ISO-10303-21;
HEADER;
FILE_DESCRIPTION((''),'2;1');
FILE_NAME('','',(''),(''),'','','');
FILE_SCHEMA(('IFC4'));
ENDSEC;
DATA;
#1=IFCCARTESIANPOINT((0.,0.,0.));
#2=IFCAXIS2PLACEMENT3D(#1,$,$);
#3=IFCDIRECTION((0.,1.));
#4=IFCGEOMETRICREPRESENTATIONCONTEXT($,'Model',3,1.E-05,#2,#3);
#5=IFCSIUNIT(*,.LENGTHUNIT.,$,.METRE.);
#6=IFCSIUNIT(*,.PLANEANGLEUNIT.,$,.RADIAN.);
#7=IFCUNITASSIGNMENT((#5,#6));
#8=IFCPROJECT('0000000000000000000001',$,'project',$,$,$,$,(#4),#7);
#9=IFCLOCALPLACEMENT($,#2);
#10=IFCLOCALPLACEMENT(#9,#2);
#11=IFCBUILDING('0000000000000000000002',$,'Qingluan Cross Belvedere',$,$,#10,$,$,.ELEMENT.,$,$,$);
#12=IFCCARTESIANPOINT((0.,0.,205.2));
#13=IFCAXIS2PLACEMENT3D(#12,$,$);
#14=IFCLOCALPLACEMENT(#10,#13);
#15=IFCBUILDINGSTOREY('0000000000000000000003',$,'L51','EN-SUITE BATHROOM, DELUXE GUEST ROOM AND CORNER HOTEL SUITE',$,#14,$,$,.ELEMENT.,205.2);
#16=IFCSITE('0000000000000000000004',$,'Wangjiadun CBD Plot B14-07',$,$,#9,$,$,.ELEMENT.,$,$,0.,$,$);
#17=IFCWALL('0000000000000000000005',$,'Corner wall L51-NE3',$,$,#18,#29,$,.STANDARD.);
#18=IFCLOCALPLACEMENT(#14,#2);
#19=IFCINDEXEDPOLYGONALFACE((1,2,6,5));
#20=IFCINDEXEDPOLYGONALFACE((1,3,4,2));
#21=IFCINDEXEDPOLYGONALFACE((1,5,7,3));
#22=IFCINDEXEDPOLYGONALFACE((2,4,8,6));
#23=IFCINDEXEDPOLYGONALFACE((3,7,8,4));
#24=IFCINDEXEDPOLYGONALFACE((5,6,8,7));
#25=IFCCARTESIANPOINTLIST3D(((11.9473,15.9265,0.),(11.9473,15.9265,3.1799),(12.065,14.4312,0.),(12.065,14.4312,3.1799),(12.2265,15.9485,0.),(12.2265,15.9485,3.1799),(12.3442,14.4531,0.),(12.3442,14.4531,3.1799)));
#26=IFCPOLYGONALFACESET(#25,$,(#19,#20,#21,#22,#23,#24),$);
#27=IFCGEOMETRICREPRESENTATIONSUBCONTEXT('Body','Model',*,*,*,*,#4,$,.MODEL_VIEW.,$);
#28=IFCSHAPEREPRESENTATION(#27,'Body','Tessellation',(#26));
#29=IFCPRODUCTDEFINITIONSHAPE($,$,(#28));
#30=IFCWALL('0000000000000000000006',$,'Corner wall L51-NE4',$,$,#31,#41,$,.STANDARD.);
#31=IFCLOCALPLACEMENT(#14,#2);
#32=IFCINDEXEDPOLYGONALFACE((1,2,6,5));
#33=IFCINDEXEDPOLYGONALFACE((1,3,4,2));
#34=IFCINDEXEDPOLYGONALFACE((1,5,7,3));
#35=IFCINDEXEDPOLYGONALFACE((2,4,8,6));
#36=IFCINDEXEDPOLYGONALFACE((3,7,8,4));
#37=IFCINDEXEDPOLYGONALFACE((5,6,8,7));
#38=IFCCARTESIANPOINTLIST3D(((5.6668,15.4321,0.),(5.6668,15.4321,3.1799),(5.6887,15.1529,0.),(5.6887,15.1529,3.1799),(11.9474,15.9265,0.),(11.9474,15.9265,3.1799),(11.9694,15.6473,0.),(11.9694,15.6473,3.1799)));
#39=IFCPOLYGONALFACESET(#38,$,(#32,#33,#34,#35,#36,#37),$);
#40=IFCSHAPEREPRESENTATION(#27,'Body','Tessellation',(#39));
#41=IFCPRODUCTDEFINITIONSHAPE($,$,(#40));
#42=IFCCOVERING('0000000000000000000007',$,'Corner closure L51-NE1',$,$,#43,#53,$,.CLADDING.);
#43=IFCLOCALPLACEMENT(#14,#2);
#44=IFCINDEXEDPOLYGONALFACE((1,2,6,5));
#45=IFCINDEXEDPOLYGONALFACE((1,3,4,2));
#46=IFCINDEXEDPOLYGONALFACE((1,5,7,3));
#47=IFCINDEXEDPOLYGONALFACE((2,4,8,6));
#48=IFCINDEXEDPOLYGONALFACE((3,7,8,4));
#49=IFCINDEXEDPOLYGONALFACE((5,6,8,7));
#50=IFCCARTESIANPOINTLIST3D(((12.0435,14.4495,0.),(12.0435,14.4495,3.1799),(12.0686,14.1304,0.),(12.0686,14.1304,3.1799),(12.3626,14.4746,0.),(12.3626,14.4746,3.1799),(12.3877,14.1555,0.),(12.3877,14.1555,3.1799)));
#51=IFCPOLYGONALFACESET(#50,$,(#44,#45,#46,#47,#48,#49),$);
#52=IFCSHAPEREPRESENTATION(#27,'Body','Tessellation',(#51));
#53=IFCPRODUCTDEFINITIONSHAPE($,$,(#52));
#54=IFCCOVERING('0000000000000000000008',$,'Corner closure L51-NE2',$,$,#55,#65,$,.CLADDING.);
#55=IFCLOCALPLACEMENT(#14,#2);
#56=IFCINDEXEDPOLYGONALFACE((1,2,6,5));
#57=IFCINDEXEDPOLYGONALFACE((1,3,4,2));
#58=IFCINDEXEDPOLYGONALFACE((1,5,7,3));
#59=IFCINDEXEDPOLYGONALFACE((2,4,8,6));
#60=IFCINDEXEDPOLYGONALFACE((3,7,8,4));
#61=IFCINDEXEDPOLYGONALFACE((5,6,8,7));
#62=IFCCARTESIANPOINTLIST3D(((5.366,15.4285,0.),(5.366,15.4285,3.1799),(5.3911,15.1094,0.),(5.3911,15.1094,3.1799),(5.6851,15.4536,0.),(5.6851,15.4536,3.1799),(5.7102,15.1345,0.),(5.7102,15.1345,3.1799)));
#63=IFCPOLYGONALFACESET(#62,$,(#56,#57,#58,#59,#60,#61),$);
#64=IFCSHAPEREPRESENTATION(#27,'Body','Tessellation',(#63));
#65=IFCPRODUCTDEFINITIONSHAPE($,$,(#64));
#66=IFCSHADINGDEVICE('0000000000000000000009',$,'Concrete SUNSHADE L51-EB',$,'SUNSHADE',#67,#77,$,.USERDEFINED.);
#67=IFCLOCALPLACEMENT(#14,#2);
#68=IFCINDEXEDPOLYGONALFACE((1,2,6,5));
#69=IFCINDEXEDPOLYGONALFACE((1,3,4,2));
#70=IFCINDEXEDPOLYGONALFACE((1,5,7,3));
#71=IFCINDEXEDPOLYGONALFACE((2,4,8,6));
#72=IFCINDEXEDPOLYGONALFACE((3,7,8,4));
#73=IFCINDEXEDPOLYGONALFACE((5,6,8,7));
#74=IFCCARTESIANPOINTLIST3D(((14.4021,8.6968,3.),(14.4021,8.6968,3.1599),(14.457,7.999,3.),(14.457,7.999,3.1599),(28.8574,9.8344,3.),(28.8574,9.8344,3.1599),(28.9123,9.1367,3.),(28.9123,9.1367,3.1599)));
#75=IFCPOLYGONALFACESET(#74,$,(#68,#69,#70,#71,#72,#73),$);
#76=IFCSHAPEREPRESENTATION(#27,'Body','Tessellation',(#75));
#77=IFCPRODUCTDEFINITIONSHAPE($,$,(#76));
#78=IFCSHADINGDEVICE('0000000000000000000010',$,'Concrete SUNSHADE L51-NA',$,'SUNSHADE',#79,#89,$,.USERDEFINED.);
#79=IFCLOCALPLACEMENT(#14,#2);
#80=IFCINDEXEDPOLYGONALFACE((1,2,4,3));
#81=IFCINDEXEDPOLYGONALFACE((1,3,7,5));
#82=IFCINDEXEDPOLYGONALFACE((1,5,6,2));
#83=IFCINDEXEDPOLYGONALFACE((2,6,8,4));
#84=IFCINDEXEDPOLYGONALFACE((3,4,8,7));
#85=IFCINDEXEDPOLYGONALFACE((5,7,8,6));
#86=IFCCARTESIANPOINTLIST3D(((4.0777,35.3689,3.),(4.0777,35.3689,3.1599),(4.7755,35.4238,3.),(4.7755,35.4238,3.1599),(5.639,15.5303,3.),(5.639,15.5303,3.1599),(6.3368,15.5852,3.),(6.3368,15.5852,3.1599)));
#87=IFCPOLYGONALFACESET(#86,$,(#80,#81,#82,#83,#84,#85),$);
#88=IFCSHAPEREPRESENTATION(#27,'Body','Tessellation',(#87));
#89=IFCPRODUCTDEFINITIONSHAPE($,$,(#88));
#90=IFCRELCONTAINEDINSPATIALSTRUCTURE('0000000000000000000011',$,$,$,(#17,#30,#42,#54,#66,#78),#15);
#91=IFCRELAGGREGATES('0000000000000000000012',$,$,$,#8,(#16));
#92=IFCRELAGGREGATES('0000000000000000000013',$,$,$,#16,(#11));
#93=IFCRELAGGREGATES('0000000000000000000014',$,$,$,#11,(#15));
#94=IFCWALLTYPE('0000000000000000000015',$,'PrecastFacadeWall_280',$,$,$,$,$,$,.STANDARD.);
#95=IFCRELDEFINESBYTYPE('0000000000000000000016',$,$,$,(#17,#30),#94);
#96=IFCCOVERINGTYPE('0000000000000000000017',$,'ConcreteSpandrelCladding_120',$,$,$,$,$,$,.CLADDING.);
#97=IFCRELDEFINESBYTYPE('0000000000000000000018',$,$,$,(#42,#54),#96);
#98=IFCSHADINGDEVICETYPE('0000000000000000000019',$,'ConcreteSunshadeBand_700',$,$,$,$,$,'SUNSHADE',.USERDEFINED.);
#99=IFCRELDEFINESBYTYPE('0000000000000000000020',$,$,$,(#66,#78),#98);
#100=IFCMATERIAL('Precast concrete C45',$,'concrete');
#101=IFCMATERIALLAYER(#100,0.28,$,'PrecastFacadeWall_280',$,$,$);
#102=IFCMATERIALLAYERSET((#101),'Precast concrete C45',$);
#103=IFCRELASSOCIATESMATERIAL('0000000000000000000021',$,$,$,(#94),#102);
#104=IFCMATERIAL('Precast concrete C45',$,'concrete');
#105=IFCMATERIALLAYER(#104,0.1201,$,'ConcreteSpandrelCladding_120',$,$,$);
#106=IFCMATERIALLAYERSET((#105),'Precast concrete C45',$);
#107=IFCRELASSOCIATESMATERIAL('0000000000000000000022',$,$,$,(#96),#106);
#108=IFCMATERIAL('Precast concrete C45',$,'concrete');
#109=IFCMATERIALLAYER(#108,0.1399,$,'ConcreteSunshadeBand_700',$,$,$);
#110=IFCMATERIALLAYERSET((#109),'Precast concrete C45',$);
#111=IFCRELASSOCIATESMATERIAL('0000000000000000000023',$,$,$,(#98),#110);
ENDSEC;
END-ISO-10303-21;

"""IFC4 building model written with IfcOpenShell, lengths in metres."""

from ifc_helpers import new_model, si_unit, direction, frame, frame_2d, origin, origin_2d, place, context, subcontext, project, spatial, rectangle, extrude, material, layer, layer_set, type_object, element, save


model = new_model("IFC4")

# Units and contexts
model_context = context("Model", 3, precision=1e-05, world=origin(), true_north=direction((0.0, 1.0)))
body_context = subcontext(model_context, "Body", "Model", "MODEL_VIEW")
ifc_project = project(units=[si_unit("LENGTHUNIT", "METRE"), si_unit("PLANEANGLEUNIT", "RADIAN")], contexts=[model_context])

# Site, building, storey
site_placement = place(None, origin())
site = spatial("IfcSite", under=ifc_project, at=site_placement, Name="Wangjiadun CBD Plot B14-07", CompositionType="ELEMENT", RefElevation=0.0)
building_placement = place(site_placement, origin())
building = spatial("IfcBuilding", under=site, at=building_placement, Name="Qingluan Cross Belvedere", CompositionType="ELEMENT")
storey_placement = place(building_placement, frame((0.0, 0.0, 205.2)))
storey = spatial("IfcBuildingStorey", under=building, at=storey_placement, Name="L51", Description="EN-SUITE BATHROOM, DELUXE GUEST ROOM AND CORNER HOTEL SUITE", CompositionType="ELEMENT", Elevation=205.2)

# Shared definitions
ifc_material_1 = material(Name="Precast concrete C45", Category="concrete")
ifc_layer_1 = layer(ifc_material_1, 0.28, Name="PrecastFacadeWall_280")
ifc_layer_set_1 = layer_set([ifc_layer_1], Name="Precast concrete C45")
wall_type_1 = type_object("IfcWallType", Name="PrecastFacadeWall_280", PredefinedType="STANDARD", material=ifc_layer_set_1)

# Walls
wall_1_placement = place(storey_placement, frame((12.2046, 14.4421, 0.0), z_axis=(0.0, 0.0, 1.0), x_axis=(-0.078451, 0.996918, 0.0)))
element("IfcWall", 1, at=wall_1_placement, inside=storey, type_object=wall_type_1, Name="Corner wall L51-NE3", PredefinedType="STANDARD", context=body_context, shape_type="SweptSolid", body=[
    extrude(rectangle(XDim=1.5, YDim=0.28, at=frame_2d((0.75, 0.0))), origin(), (0.0, 0.0, 1.0), 3.1799),
])
wall_2_placement = place(storey_placement, frame((11.9583, 15.7869, 0.0), z_axis=(0.0, 0.0, 1.0), x_axis=(-0.996916, -0.078474, 0.0)))
element("IfcWall", 2, at=wall_2_placement, inside=storey, type_object=wall_type_1, Name="Corner wall L51-NE4", PredefinedType="STANDARD", context=body_context, shape_type="SweptSolid", body=[
    extrude(rectangle(XDim=6.3, YDim=0.28, at=frame_2d((3.1499, 0.0))), origin(), (0.0, 0.0, 1.0), 3.1799),
])

# Coverings
ifc_material_2 = material(Name="Precast concrete C45", Category="concrete")
ifc_layer_2 = layer(ifc_material_2, 0.1201, Name="ConcreteSpandrelCladding_120")
ifc_layer_set_2 = layer_set([ifc_layer_2], Name="Precast concrete C45")
covering_type = type_object("IfcCoveringType", Name="ConcreteSpandrelCladding_120", PredefinedType="CLADDING", material=ifc_layer_set_2)
for number, where, z_axis, x_axis, name in (
    (3, (12.2156, 14.3025, 0.0), (0.0, 0.0, 1.0), (0.996917, 0.078459, 0.0), "Corner closure L51-NE1"),
    (4, (5.5381, 15.2815, 0.0), (0.0, 0.0, 1.0), (0.996917, 0.078459, 0.0), "Corner closure L51-NE2"),
):
    element("IfcCovering", number, at=place(storey_placement, frame(where, z_axis=z_axis, x_axis=x_axis)), inside=storey, type_object=covering_type, Name=name, PredefinedType="CLADDING", context=body_context, shape_type="SweptSolid", body=[
        extrude(rectangle(XDim=0.3201, YDim=0.3201, at=origin_2d()), origin(), (0.0, 0.0, 1.0), 3.1799),
    ])

# Shading devices
ifc_material_3 = material(Name="Precast concrete C45", Category="concrete")
ifc_layer_3 = layer(ifc_material_3, 0.1399, Name="ConcreteSunshadeBand_700")
ifc_layer_set_3 = layer_set([ifc_layer_3], Name="Precast concrete C45")
shading_device_type = type_object("IfcShadingDeviceType", Name="ConcreteSunshadeBand_700", ElementType="SUNSHADE", PredefinedType="USERDEFINED", material=ifc_layer_set_3)
shading_device_1_placement = place(storey_placement, frame((21.6572, 8.9167, 3.0), z_axis=(0.0, 0.0, 1.0), x_axis=(-0.996918, -0.078456, 0.0)))
element("IfcShadingDevice", 5, at=shading_device_1_placement, inside=storey, type_object=shading_device_type, Name="Concrete SUNSHADE L51-EB", ObjectType="SUNSHADE", PredefinedType="USERDEFINED", context=body_context, shape_type="SweptSolid", body=[
    extrude(rectangle(XDim=14.5, YDim=0.7, at=origin_2d()), origin(), (0.0, 0.0, 1.0), 0.1599),
])
shading_device_2_placement = place(storey_placement, frame((5.2073, 25.4771, 3.0), z_axis=(0.0, 0.0, 1.0), x_axis=(-0.078458, 0.996917, 0.0)))
element("IfcShadingDevice", 6, at=shading_device_2_placement, inside=storey, type_object=shading_device_type, Name="Concrete SUNSHADE L51-NA", ObjectType="SUNSHADE", PredefinedType="USERDEFINED", context=body_context, shape_type="SweptSolid", body=[
    extrude(rectangle(XDim=19.8999, YDim=0.7, at=origin_2d()), origin(), (0.0, 0.0, 1.0), 0.1599),
])

save(model, "model.ifc")
